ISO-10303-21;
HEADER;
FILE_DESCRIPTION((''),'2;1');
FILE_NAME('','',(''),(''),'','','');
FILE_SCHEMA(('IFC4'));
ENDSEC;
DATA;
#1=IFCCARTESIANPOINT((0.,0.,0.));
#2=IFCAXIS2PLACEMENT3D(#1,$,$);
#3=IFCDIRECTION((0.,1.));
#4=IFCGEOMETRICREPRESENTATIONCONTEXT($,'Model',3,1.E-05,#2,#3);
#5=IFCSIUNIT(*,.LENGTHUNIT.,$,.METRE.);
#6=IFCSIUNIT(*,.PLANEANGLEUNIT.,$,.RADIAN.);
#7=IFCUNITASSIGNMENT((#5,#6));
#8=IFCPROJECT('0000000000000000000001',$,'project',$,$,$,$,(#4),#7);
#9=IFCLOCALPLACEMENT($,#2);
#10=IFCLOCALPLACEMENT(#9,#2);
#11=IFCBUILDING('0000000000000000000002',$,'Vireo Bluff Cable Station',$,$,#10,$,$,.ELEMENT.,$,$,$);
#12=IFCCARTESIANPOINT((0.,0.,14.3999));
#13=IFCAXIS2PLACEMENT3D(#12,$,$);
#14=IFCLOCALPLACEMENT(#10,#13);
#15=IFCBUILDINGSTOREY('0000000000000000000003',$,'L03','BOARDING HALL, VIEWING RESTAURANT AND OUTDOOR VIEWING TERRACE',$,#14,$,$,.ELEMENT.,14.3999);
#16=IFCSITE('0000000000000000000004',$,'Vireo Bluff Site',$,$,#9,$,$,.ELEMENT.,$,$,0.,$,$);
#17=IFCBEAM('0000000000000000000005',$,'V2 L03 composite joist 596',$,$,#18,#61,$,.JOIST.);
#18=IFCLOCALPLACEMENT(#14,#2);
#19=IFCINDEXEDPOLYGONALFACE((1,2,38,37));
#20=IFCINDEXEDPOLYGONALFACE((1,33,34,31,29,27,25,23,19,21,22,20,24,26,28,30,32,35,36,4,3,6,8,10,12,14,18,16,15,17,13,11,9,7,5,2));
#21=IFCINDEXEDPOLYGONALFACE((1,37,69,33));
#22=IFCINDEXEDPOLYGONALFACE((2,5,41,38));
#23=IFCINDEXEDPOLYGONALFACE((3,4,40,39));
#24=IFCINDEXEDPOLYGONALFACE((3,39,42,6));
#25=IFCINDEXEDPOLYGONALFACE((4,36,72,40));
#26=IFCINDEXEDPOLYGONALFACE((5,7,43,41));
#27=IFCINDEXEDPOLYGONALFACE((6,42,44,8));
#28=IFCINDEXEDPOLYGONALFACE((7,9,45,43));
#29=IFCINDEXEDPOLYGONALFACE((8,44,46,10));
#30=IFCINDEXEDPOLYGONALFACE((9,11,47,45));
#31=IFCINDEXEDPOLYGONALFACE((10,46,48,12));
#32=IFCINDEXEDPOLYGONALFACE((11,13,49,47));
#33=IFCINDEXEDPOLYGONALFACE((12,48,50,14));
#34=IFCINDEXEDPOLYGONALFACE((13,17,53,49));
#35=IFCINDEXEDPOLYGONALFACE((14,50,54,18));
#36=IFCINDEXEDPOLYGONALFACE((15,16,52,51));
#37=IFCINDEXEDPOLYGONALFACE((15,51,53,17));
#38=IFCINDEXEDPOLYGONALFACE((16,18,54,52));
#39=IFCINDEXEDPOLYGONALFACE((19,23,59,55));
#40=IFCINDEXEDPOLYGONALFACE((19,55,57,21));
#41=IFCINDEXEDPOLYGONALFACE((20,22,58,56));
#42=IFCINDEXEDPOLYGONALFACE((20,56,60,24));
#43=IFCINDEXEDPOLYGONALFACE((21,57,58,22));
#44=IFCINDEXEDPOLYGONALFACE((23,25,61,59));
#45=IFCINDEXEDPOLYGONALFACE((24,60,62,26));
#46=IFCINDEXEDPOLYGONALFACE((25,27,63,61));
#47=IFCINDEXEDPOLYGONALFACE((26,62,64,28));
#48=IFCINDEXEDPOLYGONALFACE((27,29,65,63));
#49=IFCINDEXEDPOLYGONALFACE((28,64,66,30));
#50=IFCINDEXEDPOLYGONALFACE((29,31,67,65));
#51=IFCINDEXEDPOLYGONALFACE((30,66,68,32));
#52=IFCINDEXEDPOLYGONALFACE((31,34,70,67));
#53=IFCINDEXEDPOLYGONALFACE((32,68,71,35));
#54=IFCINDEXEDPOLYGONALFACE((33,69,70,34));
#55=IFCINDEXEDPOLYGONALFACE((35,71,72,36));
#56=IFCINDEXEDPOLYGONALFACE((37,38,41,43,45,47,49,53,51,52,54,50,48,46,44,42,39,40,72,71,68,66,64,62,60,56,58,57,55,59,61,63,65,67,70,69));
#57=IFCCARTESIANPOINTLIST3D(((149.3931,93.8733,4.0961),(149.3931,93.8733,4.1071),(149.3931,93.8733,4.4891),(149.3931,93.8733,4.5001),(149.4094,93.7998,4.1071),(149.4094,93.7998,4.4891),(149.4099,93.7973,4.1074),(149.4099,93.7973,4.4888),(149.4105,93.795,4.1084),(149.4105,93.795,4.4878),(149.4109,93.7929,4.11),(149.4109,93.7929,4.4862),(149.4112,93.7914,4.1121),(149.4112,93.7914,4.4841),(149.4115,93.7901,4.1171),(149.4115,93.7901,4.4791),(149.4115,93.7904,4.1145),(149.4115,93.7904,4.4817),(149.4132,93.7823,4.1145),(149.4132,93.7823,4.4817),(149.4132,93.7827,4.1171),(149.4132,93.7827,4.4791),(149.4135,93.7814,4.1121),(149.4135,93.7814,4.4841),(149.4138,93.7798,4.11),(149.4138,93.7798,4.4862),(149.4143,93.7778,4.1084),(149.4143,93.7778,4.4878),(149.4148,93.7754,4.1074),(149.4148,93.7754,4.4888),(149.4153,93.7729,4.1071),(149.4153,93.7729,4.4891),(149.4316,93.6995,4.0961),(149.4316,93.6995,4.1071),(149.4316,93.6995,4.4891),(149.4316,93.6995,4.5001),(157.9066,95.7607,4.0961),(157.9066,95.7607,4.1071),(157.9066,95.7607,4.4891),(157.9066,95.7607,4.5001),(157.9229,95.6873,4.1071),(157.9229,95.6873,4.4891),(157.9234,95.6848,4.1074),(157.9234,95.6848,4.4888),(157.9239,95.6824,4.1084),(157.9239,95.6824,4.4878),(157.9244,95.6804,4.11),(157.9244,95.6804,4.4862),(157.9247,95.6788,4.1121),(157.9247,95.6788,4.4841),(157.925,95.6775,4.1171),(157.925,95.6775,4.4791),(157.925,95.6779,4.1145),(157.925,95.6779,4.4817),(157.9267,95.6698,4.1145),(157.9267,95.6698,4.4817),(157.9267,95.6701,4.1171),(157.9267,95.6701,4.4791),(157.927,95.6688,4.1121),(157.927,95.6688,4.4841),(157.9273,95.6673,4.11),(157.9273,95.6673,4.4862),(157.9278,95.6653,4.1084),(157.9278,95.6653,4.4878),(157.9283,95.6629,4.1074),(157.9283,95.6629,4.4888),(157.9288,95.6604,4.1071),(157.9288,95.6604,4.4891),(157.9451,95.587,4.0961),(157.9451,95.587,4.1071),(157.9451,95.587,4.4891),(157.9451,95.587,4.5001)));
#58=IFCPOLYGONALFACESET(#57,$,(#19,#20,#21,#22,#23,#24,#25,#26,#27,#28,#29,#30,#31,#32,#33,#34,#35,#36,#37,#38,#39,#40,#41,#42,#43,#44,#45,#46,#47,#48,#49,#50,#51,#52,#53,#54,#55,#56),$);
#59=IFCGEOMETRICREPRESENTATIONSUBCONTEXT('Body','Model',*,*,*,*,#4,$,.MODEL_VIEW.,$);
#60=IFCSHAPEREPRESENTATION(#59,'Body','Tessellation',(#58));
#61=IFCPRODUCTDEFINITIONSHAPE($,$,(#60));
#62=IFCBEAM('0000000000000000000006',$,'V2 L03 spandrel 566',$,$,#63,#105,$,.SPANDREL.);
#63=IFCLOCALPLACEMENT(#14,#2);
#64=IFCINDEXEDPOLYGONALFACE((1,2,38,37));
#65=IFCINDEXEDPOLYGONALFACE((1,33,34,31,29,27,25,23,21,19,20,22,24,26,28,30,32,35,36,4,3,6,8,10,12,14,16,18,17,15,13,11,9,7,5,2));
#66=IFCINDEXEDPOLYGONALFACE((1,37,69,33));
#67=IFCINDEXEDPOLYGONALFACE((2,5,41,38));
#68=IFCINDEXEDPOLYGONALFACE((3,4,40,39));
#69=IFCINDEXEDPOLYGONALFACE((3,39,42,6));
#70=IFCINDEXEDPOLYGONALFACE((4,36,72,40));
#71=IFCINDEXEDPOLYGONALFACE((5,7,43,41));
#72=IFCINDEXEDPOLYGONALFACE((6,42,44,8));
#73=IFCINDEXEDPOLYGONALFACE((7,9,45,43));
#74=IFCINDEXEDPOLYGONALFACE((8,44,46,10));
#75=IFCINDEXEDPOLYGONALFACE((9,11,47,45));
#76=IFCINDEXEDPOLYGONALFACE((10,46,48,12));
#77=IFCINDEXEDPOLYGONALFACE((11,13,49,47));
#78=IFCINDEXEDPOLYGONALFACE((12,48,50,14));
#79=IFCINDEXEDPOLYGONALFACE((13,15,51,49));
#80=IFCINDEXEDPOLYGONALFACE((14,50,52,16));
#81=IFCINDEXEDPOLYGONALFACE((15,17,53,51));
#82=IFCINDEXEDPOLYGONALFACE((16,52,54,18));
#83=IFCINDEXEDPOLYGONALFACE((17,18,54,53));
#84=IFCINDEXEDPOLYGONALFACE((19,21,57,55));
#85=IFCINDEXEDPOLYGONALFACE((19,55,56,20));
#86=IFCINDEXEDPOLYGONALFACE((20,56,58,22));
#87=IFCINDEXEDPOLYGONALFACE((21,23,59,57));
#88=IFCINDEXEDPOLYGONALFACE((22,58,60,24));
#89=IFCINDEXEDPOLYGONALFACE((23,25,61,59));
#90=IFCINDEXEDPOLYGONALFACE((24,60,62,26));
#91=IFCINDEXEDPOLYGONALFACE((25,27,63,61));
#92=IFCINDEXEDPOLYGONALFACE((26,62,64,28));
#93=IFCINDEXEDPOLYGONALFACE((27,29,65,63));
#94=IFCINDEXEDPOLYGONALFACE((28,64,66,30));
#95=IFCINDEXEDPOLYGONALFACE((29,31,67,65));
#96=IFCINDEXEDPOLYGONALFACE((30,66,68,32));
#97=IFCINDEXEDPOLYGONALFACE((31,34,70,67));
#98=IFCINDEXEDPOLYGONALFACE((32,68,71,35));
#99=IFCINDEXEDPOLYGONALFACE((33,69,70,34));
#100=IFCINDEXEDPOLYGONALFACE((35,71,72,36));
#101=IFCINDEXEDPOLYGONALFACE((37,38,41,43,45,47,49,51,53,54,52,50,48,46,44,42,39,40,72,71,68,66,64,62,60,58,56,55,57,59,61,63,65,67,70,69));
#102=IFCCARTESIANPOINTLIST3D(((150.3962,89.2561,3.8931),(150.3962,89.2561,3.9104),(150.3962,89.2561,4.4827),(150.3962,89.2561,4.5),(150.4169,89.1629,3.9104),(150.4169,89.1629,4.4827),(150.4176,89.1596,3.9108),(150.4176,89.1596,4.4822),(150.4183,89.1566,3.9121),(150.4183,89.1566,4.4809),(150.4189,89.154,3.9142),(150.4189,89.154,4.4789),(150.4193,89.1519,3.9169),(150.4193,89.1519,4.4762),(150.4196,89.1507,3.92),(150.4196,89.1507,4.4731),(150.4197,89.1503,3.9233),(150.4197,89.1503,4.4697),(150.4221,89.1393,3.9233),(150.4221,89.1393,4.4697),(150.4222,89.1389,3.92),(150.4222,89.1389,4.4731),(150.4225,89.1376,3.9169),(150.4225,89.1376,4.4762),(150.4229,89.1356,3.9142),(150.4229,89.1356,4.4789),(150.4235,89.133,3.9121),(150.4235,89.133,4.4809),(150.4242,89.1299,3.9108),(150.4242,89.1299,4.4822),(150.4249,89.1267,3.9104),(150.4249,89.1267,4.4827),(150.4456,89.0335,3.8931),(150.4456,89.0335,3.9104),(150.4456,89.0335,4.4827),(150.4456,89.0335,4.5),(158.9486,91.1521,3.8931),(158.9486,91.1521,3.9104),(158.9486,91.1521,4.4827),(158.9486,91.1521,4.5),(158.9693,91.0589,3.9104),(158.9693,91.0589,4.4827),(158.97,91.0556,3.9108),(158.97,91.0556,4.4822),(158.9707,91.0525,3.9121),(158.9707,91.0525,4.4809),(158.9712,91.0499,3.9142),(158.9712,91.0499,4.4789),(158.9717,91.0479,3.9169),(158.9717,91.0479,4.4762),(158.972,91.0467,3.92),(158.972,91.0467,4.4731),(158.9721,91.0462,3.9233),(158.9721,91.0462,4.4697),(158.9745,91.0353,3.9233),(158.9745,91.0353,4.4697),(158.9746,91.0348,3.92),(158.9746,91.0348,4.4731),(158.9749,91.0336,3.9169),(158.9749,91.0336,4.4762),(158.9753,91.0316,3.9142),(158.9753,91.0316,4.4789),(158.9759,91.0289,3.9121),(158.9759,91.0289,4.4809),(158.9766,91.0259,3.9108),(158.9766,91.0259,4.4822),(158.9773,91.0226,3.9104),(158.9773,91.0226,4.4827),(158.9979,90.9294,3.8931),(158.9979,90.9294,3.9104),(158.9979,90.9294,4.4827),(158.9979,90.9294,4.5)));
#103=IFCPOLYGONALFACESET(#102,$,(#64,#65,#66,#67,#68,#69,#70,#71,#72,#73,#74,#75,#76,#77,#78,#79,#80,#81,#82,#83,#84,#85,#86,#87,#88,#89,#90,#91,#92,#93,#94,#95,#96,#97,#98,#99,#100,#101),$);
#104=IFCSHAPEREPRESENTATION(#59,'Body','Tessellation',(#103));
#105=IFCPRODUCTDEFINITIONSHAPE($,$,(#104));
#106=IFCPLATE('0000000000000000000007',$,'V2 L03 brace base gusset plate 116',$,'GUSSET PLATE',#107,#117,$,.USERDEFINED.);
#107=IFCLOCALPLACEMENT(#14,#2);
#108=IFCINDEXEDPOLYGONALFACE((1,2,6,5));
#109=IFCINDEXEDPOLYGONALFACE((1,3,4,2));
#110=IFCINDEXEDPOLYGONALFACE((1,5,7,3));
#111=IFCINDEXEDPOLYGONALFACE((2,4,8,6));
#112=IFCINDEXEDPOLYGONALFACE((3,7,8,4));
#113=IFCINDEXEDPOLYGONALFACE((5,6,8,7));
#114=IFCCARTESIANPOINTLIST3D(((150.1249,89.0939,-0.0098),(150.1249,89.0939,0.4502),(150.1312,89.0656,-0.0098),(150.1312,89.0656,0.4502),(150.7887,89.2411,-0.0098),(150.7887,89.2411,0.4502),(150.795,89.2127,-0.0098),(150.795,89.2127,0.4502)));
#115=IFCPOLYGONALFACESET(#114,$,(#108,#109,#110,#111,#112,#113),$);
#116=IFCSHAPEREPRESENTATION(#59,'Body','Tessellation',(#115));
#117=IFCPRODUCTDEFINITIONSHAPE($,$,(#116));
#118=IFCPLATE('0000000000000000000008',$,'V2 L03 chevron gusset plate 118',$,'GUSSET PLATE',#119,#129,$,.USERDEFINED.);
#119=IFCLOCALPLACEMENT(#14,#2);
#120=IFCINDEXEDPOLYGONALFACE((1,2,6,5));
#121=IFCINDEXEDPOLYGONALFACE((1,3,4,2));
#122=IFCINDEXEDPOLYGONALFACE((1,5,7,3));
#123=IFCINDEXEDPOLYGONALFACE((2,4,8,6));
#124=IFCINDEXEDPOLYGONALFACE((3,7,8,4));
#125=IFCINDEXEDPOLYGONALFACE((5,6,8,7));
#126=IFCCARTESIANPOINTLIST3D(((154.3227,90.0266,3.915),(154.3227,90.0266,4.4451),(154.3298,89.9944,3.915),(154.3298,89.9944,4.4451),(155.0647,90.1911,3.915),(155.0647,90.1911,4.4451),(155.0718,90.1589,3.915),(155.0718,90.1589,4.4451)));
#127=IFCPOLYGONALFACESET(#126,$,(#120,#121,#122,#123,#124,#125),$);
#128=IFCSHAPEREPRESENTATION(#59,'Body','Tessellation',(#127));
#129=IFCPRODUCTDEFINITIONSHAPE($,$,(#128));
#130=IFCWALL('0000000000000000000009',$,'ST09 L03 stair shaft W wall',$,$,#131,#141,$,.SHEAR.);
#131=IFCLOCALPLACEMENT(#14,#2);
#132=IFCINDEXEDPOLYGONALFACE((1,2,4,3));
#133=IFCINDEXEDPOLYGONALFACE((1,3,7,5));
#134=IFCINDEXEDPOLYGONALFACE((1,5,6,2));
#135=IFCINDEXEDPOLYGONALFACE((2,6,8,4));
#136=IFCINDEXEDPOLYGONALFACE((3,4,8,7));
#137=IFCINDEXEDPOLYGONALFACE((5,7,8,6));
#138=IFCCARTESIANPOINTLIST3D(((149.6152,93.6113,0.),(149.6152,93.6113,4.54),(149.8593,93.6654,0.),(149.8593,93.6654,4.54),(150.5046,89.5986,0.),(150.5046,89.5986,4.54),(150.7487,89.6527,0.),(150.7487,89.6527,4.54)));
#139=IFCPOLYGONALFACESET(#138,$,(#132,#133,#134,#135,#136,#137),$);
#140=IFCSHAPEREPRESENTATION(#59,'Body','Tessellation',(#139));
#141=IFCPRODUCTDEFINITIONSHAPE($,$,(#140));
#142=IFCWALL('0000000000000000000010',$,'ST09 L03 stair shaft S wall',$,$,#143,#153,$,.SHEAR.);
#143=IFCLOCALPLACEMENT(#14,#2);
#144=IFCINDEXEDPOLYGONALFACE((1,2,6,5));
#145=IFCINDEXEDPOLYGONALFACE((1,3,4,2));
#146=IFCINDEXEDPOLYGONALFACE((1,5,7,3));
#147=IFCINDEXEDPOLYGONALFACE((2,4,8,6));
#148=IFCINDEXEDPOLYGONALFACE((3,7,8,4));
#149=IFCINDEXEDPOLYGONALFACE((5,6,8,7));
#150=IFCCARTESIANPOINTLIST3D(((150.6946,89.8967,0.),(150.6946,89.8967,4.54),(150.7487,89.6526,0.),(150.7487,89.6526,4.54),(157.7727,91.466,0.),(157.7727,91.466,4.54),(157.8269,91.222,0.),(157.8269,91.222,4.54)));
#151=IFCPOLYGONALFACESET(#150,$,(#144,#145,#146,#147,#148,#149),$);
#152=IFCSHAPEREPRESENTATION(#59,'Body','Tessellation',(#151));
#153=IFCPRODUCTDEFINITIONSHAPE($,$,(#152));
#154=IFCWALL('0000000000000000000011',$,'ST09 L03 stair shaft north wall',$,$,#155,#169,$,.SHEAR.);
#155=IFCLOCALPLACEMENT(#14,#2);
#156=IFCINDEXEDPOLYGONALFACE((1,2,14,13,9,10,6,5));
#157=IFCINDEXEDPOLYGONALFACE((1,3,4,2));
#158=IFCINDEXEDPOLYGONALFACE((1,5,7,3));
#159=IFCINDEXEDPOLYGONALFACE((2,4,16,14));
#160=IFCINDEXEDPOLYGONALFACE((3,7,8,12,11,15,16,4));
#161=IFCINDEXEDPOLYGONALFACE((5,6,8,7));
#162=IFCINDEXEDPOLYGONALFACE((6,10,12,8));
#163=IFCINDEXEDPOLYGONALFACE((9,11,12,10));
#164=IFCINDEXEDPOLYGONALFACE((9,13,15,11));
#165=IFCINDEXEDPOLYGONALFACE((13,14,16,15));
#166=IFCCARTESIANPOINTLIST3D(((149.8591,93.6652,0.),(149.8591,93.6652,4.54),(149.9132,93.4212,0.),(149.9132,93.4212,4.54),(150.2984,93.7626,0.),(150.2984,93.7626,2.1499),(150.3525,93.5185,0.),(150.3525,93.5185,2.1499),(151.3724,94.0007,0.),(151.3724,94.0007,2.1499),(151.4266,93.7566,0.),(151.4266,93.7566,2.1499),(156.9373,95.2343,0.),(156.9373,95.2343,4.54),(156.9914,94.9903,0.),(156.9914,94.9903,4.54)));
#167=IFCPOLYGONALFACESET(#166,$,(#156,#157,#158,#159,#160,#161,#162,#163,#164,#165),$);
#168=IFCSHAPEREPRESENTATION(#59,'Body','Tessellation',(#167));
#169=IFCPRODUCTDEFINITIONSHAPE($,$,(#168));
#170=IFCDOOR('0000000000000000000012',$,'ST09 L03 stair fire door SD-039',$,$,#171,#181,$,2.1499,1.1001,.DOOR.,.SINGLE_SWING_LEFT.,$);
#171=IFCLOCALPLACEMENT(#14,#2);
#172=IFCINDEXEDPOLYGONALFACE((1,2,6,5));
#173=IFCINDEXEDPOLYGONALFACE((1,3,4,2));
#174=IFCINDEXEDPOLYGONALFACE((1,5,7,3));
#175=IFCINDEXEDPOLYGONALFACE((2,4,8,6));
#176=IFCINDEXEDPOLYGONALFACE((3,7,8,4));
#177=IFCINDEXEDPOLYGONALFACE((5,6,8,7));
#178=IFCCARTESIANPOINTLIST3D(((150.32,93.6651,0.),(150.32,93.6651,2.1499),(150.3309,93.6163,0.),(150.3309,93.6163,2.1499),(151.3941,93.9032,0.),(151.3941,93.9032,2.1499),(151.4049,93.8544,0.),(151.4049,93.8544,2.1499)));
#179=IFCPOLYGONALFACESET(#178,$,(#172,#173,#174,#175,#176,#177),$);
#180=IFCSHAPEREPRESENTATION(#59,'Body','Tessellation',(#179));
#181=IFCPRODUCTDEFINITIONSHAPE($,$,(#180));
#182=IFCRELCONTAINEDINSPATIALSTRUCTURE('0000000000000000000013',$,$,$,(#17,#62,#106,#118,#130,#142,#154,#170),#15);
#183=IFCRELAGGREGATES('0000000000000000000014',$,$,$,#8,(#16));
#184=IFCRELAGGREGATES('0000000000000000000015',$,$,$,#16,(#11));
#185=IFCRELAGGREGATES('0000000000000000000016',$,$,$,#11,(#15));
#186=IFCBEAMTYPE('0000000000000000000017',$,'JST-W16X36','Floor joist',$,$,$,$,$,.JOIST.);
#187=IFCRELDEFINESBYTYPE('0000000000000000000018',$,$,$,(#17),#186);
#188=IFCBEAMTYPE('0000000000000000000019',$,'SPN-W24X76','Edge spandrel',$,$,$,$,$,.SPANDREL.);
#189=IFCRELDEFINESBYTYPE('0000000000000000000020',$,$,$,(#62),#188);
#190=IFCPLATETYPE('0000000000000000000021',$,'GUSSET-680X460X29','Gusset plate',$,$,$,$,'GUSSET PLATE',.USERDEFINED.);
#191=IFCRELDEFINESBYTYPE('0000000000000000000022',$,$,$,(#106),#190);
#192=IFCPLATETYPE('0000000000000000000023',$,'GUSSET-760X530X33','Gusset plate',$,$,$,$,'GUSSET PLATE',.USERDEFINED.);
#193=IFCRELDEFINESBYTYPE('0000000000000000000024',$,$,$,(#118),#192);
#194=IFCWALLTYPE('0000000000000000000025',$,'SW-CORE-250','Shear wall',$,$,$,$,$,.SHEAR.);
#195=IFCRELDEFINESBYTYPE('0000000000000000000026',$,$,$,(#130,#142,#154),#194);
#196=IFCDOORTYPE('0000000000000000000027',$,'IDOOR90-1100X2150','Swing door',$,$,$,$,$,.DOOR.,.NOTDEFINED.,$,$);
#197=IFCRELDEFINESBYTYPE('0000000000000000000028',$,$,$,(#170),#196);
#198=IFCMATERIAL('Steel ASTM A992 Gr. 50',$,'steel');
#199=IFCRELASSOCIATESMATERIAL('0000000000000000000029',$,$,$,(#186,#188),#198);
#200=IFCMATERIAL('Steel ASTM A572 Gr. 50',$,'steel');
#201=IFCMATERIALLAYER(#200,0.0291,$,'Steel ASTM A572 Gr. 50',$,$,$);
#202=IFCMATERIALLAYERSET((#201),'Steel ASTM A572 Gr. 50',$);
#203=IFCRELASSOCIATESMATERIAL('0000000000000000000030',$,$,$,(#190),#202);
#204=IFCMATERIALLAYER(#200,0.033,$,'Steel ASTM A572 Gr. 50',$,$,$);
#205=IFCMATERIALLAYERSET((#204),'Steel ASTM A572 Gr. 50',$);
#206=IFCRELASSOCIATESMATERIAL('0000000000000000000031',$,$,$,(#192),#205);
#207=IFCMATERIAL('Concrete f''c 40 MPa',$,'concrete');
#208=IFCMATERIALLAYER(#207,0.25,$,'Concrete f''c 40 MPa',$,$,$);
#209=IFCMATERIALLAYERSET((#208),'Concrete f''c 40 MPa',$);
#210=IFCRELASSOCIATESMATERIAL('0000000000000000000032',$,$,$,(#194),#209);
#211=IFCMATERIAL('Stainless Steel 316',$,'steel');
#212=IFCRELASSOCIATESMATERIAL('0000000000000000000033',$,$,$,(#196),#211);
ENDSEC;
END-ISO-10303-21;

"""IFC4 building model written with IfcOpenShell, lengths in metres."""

from ifc_helpers import new_model, si_unit, direction, frame, frame_2d, origin, origin_with_axes, origin_2d, place, context, subcontext, project, spatial, rectangle, i_section, extrude, material, layer, layer_set, material_profile, profile_set, type_object, element, fill, save


model = new_model("IFC4")

# Units and contexts
model_context = context("Model", 3, precision=1e-05, world=origin(), true_north=direction((0.0, 1.0)))
body_context = subcontext(model_context, "Body", "Model", "MODEL_VIEW")
ifc_project = project(units=[si_unit("LENGTHUNIT", "METRE"), si_unit("PLANEANGLEUNIT", "RADIAN")], contexts=[model_context])

# Site, building, storey
site_placement = place(None, origin())
site = spatial("IfcSite", under=ifc_project, at=site_placement, Name="Vireo Bluff Site", CompositionType="ELEMENT", RefElevation=0.0)
building_placement = place(site_placement, origin())
building = spatial("IfcBuilding", under=site, at=building_placement, Name="Vireo Bluff Cable Station", CompositionType="ELEMENT")
storey_placement = place(building_placement, frame((0.0, 0.0, 14.3999)))
storey = spatial("IfcBuildingStorey", under=building, at=storey_placement, Name="L03", Description="BOARDING HALL, VIEWING RESTAURANT AND OUTDOOR VIEWING TERRACE", CompositionType="ELEMENT", Elevation=14.3999)

# Shared definitions
ifc_material_1 = material(Name="Steel ASTM A992 Gr. 50", Category="steel")

# Beams
ifc_material_profile_1 = material_profile(ifc_material_1, i_section(OverallWidth=0.178, OverallDepth=0.4041, WebThickness=0.0076, FlangeThickness=0.011, FilletRadius=0.01, at=origin_2d()), Name="W16X36")
ifc_profile_set_1 = profile_set([ifc_material_profile_1], Name="Steel ASTM A992 Gr. 50")
beam_type_1 = type_object("IfcBeamType", Name="JST-W16X36", Description="Floor joist", PredefinedType="JOIST", material=ifc_profile_set_1)
beam_1_placement = place(storey_placement, frame((149.4124, 93.7864, 4.2981), z_axis=(0.976294, 0.216447, 0.0), x_axis=(-0.216447, 0.976294, 0.0)))
element("IfcBeam", 1, at=beam_1_placement, inside=storey, type_object=beam_type_1, Name="V2 L03 composite joist 596", PredefinedType="JOIST", context=body_context, shape_type="SweptSolid", body=[
    extrude(i_section(OverallWidth=0.178, OverallDepth=0.4041, WebThickness=0.0076, FlangeThickness=0.011, FilletRadius=0.01, at=origin_2d()), origin(), (0.0, 0.0, 1.0), 8.7202),
])
ifc_material_profile_2 = material_profile(ifc_material_1, i_section(OverallWidth=0.228, OverallDepth=0.6069, WebThickness=0.0112, FlangeThickness=0.0173, FilletRadius=0.0129, at=origin_2d()), Name="W24X76")
ifc_profile_set_2 = profile_set([ifc_material_profile_2], Name="Steel ASTM A992 Gr. 50")
beam_type_2 = type_object("IfcBeamType", Name="SPN-W24X76", Description="Edge spandrel", PredefinedType="SPANDREL", material=ifc_profile_set_2)
beam_2_placement = place(storey_placement, frame((150.4209, 89.1448, 4.1965), z_axis=(0.976297, 0.216435, 0.0), x_axis=(-0.216435, 0.976297, 0.0)))
element("IfcBeam", 2, at=beam_2_placement, inside=storey, type_object=beam_type_2, Name="V2 L03 spandrel 566", PredefinedType="SPANDREL", context=body_context, shape_type="SweptSolid", body=[
    extrude(i_section(OverallWidth=0.228, OverallDepth=0.6069, WebThickness=0.0112, FlangeThickness=0.0173, FilletRadius=0.0129, at=origin_2d()), origin(), (0.0, 0.0, 1.0), 8.76),
])

# Plates
ifc_material_2 = material(Name="Steel ASTM A572 Gr. 50", Category="steel")
ifc_layer_1 = layer(ifc_material_2, 0.0291, Name="Steel ASTM A572 Gr. 50")
ifc_layer_set_1 = layer_set([ifc_layer_1], Name="Steel ASTM A572 Gr. 50")
plate_type_1 = type_object("IfcPlateType", Name="GUSSET-680X460X29", Description="Gusset plate", ElementType="GUSSET PLATE", PredefinedType="USERDEFINED", material=ifc_layer_set_1)
plate_1_placement = place(storey_placement, frame((150.46, 89.1533, -0.0098), z_axis=(0.0, 0.0, 1.0), x_axis=(0.976296, 0.21644, 0.0)))
element("IfcPlate", 3, at=plate_1_placement, inside=storey, type_object=plate_type_1, Name="V2 L03 brace base gusset plate 116", ObjectType="GUSSET PLATE", PredefinedType="USERDEFINED", context=body_context, shape_type="SweptSolid", body=[
    extrude(rectangle(XDim=0.6799, YDim=0.0291, at=origin_2d()), origin(), (0.0, 0.0, 1.0), 0.46),
])
ifc_layer_2 = layer(ifc_material_2, 0.033, Name="Steel ASTM A572 Gr. 50")
ifc_layer_set_2 = layer_set([ifc_layer_2], Name="Steel ASTM A572 Gr. 50")
plate_type_2 = type_object("IfcPlateType", Name="GUSSET-760X530X33", Description="Gusset plate", ElementType="GUSSET PLATE", PredefinedType="USERDEFINED", material=ifc_layer_set_2)
plate_2_placement = place(storey_placement, frame((154.6973, 90.0928, 3.915), z_axis=(0.0, 0.0, 1.0), x_axis=(0.976296, 0.21644, 0.0)))
element("IfcPlate", 4, at=plate_2_placement, inside=storey, type_object=plate_type_2, Name="V2 L03 chevron gusset plate 118", ObjectType="GUSSET PLATE", PredefinedType="USERDEFINED", context=body_context, shape_type="SweptSolid", body=[
    extrude(rectangle(XDim=0.76, YDim=0.033, at=origin_2d()), origin(), (0.0, 0.0, 1.0), 0.53),
])

# Walls
ifc_material_3 = material(Name="Concrete f'c 40 MPa", Category="concrete")
ifc_layer_3 = layer(ifc_material_3, 0.25, Name="Concrete f'c 40 MPa")
ifc_layer_set_3 = layer_set([ifc_layer_3], Name="Concrete f'c 40 MPa")
wall_type = type_object("IfcWallType", Name="SW-CORE-250", Description="Shear wall", PredefinedType="SHEAR", material=ifc_layer_set_3)
wall_1_placement = place(storey_placement, frame((150.6267, 89.6255, 0.0), z_axis=(0.0, 0.0, 1.0), x_axis=(-0.216396, 0.976306, 0.0)))
element("IfcWall", 5, at=wall_1_placement, inside=storey, type_object=wall_type, Name="ST09 L03 stair shaft W wall", PredefinedType="SHEAR", context=body_context, shape_type="SweptSolid", body=[
    extrude(rectangle(XDim=4.1101, YDim=0.25, at=frame_2d((2.0552, 0.0))), origin(), (0.0, 0.0, 1.0), 4.54),
])
wall_2_placement = place(storey_placement, frame((150.7217, 89.7747, 0.0), z_axis=(0.0, 0.0, 1.0), x_axis=(0.976292, 0.21646, 0.0)))
element("IfcWall", 6, at=wall_2_placement, inside=storey, type_object=wall_type, Name="ST09 L03 stair shaft S wall", PredefinedType="SHEAR", context=body_context, shape_type="SweptSolid", body=[
    extrude(rectangle(XDim=7.25, YDim=0.25, at=frame_2d((3.625, 0.0))), origin(), (0.0, 0.0, 1.0), 4.54),
])

# Wall, opening, door
wall_3_placement = place(storey_placement, frame((156.9644, 95.1123, 0.0), z_axis=(0.0, 0.0, 1.0), x_axis=(-0.976299, -0.216428, 0.0)))
wall_3 = element("IfcWall", 7, at=wall_3_placement, inside=storey, type_object=wall_type, Name="ST09 L03 stair shaft north wall", PredefinedType="SHEAR", context=body_context, shape_type="SweptSolid", body=[
    extrude(rectangle(XDim=7.25, YDim=0.25, at=frame_2d((3.625, 0.0))), origin(), (0.0, 0.0, 1.0), 4.54),
])
opening_placement = place(wall_3_placement, frame((5.7, 0.0, 0.0)))
opening = element("IfcOpeningElement", 8, at=opening_placement, cuts=wall_3, PredefinedType="OPENING", context=body_context, shape_type="SweptSolid", body=[
    extrude(rectangle(XDim=1.1001, YDim=2.1499, at=frame_2d((0.55, 1.075))), frame((0.0, 0.135, 0.0), z_axis=(0.0, -1.0, 0.0), x_axis=(1.0, 0.0, 0.0)), (0.0, 0.0, 1.0), 0.27),
])
ifc_material_4 = material(Name="Stainless Steel 316", Category="steel")
door_type = type_object("IfcDoorType", Name="IDOOR90-1100X2150", Description="Swing door", OperationType="NOTDEFINED", PredefinedType="DOOR", material=ifc_material_4)
door_placement = place(opening_placement, origin_with_axes())
door = element("IfcDoor", 9, at=door_placement, inside=storey, type_object=door_type, Name="ST09 L03 stair fire door SD-039", OperationType="SINGLE_SWING_LEFT", OverallHeight=2.1499, OverallWidth=1.1001, PredefinedType="DOOR", context=body_context, shape_type="SweptSolid", body=[
    extrude(rectangle(XDim=1.1001, YDim=2.1499, at=frame_2d((0.55, 1.075))), frame((0.0, 0.0249, 0.0), z_axis=(0.0, -1.0, 0.0), x_axis=(1.0, 0.0, 0.0)), (0.0, 0.0, 1.0), 0.05),
])
fill(opening, door)

save(model, "model.ifc")
